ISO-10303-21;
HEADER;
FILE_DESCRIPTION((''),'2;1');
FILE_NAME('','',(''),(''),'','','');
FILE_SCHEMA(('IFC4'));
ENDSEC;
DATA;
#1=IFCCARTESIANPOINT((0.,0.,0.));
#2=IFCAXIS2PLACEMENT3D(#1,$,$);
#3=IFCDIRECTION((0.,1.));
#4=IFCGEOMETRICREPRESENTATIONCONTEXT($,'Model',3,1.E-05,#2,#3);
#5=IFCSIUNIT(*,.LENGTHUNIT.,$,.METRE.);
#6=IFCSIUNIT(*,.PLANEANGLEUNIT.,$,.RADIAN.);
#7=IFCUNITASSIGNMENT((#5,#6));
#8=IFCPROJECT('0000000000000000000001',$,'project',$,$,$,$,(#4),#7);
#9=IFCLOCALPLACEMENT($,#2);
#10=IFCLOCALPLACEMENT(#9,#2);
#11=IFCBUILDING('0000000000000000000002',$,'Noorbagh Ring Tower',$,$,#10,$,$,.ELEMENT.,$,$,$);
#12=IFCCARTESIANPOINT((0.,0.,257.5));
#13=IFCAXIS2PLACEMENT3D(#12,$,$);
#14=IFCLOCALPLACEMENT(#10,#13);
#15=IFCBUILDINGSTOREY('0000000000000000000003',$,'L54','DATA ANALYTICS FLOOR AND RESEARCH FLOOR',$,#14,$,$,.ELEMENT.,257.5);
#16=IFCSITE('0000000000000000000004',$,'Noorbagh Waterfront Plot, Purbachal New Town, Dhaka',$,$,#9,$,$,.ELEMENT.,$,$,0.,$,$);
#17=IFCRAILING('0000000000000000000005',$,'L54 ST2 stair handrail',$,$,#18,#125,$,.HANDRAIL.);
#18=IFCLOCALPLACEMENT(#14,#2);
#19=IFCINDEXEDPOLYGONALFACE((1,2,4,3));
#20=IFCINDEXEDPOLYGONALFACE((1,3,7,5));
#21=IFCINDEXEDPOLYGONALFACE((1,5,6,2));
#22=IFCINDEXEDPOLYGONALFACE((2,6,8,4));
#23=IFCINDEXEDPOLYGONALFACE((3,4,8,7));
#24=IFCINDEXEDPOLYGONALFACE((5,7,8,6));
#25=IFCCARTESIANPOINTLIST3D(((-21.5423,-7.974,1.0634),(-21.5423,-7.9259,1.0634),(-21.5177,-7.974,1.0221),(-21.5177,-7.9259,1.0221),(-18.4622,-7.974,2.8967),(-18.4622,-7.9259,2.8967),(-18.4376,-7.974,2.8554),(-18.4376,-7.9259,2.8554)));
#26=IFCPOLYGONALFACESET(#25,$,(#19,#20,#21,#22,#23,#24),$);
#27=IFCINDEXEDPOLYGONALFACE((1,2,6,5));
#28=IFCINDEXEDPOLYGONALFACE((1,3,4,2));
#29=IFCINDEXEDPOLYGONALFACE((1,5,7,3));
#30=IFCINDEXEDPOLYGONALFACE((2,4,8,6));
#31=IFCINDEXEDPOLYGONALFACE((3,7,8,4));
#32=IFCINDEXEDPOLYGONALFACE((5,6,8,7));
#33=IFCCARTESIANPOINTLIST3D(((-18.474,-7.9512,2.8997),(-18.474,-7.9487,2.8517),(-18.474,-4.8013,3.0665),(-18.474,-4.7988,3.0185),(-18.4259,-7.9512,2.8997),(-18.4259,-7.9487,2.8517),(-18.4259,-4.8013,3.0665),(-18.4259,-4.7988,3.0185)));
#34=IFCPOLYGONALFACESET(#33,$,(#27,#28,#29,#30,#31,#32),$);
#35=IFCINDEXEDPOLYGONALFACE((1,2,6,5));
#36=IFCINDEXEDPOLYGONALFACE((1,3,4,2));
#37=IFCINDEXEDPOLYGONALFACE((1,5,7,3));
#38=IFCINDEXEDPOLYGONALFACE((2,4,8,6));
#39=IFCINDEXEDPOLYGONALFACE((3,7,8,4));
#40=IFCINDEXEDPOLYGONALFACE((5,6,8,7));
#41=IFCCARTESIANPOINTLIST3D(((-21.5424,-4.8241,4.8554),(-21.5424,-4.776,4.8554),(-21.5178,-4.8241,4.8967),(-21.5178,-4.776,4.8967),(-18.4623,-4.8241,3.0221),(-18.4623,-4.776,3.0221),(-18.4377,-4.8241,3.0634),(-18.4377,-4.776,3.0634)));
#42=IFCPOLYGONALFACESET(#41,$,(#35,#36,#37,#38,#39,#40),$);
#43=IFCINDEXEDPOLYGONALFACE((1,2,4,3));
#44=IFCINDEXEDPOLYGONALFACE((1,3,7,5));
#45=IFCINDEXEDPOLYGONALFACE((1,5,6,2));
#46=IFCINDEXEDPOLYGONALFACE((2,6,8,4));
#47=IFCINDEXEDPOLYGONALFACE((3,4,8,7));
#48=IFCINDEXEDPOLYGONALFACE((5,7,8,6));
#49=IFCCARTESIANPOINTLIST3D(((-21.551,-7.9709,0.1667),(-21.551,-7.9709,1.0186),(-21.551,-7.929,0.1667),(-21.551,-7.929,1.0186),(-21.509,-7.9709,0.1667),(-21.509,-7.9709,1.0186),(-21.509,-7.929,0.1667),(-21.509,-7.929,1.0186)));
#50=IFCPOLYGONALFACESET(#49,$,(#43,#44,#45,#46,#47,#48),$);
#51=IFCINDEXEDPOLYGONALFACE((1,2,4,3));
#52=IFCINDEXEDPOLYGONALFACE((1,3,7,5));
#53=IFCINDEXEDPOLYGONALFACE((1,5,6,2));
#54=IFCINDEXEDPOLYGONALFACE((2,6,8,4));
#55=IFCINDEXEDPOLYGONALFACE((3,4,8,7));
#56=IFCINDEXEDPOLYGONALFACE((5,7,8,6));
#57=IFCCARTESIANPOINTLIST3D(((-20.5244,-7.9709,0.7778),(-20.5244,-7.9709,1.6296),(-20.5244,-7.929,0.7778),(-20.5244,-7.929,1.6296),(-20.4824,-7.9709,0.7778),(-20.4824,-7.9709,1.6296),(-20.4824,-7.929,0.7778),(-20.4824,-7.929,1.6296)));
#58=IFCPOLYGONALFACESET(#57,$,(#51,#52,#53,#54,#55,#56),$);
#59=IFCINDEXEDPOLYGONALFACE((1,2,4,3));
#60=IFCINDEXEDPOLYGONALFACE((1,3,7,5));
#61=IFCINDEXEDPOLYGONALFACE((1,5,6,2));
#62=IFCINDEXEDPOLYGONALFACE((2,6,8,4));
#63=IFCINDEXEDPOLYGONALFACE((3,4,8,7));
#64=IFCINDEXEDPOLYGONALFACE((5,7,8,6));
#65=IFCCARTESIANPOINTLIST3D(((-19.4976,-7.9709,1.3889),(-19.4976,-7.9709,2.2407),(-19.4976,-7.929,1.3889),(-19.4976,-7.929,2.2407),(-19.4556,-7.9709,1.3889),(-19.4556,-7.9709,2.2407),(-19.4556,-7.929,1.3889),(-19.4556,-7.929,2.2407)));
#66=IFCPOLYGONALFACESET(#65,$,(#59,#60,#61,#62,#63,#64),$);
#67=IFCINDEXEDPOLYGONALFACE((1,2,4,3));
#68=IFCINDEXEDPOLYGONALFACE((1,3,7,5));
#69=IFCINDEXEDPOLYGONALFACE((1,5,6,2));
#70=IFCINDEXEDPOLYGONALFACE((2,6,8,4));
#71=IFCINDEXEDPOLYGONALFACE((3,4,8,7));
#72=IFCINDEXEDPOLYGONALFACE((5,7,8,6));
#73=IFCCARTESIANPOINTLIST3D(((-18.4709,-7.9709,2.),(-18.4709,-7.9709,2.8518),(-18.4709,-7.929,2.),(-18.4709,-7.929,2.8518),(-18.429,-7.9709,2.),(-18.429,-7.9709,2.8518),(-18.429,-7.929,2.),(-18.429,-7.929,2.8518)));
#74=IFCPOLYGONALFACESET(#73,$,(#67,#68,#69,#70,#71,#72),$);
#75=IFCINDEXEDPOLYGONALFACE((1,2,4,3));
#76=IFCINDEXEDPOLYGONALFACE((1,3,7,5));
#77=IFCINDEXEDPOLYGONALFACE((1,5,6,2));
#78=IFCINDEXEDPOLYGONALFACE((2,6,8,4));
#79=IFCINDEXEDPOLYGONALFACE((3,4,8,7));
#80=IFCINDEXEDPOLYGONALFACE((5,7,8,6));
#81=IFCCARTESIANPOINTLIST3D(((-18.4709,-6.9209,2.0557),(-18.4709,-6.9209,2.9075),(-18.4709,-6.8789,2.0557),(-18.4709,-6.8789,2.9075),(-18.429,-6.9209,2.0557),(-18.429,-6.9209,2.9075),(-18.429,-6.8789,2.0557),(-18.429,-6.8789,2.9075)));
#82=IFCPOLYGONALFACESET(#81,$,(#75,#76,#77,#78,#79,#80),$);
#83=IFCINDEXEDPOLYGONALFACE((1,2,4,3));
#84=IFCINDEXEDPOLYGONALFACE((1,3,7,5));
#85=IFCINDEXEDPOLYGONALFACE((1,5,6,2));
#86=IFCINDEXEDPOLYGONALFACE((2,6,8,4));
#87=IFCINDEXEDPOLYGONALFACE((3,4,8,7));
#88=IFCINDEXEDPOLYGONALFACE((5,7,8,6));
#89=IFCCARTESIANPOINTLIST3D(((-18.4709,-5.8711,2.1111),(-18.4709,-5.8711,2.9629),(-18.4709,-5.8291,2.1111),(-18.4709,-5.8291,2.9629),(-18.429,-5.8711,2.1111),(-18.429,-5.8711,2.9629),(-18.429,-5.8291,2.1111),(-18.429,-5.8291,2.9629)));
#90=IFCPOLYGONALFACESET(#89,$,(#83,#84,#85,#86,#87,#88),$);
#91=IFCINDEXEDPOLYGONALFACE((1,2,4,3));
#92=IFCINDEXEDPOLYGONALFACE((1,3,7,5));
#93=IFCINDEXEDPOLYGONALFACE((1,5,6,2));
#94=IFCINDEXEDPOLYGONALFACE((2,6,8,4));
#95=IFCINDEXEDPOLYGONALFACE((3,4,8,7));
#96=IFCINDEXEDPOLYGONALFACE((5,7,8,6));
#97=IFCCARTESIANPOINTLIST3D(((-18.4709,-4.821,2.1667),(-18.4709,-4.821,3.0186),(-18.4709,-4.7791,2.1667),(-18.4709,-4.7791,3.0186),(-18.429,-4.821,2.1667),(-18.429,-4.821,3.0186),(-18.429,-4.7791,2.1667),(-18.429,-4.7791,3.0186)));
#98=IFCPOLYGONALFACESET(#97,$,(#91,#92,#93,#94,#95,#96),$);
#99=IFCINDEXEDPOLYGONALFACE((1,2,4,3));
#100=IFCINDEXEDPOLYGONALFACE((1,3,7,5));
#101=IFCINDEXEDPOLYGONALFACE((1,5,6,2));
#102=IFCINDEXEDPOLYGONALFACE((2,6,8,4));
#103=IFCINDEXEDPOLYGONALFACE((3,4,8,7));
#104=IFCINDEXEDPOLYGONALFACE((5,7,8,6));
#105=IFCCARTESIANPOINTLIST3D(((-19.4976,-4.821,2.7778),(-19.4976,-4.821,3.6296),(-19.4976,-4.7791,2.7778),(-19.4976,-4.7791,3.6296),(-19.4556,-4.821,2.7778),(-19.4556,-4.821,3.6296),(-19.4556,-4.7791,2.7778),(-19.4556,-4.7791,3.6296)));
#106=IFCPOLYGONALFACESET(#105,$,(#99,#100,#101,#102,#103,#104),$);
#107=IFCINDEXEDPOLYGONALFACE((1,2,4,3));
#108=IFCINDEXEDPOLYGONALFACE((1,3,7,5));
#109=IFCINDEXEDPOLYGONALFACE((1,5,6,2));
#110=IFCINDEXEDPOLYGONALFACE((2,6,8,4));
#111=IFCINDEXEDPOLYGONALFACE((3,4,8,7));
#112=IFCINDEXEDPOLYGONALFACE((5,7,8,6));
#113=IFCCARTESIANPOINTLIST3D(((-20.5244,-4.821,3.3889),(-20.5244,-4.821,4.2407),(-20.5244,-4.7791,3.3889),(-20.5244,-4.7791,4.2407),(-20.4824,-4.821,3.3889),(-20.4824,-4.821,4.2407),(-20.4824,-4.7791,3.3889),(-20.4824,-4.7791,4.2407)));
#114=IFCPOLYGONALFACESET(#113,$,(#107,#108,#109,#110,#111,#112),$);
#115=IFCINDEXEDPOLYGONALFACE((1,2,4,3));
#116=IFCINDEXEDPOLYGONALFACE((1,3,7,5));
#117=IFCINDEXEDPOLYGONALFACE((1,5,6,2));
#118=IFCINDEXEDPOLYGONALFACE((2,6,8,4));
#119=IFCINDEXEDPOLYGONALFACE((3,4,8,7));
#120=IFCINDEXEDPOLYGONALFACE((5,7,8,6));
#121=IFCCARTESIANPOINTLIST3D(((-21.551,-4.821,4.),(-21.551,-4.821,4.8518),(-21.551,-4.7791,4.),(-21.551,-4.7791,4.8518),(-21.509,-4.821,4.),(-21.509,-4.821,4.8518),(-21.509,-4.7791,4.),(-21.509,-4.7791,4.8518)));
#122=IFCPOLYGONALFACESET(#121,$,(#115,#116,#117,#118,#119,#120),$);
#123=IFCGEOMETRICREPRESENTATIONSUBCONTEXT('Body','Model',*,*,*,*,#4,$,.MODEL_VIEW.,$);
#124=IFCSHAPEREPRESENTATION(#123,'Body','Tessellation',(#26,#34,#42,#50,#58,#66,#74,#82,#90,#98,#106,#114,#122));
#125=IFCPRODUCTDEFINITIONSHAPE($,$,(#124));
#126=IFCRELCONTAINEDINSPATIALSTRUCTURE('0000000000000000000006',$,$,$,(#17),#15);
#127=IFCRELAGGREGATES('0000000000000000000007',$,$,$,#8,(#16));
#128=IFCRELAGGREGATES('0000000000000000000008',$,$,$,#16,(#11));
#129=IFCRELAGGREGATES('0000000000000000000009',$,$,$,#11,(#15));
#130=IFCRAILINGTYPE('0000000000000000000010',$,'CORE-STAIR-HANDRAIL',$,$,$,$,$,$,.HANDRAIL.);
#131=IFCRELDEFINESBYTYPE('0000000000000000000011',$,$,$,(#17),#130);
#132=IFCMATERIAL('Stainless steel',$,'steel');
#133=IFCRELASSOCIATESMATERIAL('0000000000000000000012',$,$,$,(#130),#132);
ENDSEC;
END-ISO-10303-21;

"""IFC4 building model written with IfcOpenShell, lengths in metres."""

from ifc_helpers import new_model, si_unit, direction, frame, origin, origin_2d, place, context, subcontext, project, spatial, rectangle, extrude, material, type_object, element, save


model = new_model("IFC4")

# Units and contexts
model_context = context("Model", 3, precision=1e-05, world=origin(), true_north=direction((0.0, 1.0)))
body_context = subcontext(model_context, "Body", "Model", "MODEL_VIEW")
ifc_project = project(units=[si_unit("LENGTHUNIT", "METRE"), si_unit("PLANEANGLEUNIT", "RADIAN")], contexts=[model_context])

# Site, building, storey
site_placement = place(None, origin())
site = spatial("IfcSite", under=ifc_project, at=site_placement, Name="Noorbagh Waterfront Plot, Purbachal New Town, Dhaka", CompositionType="ELEMENT", RefElevation=0.0)
building_placement = place(site_placement, origin())
building = spatial("IfcBuilding", under=site, at=building_placement, Name="Noorbagh Ring Tower", CompositionType="ELEMENT")
storey_placement = place(building_placement, frame((0.0, 0.0, 257.5)))
storey = spatial("IfcBuildingStorey", under=building, at=storey_placement, Name="L54", Description="DATA ANALYTICS FLOOR AND RESEARCH FLOOR", CompositionType="ELEMENT", Elevation=257.5)

# Railing
ifc_material_1 = material(Name="Stainless steel", Category="steel")
railing_type_1 = type_object("IfcRailingType", Name="CORE-STAIR-HANDRAIL", PredefinedType="HANDRAIL", material=ifc_material_1)
railing_1_placement = place(storey_placement, frame((-21.53, -7.95, 0.1667)))
element("IfcRailing", 1, at=railing_1_placement, inside=storey, type_object=railing_type_1, Name="L54 ST2 stair handrail", PredefinedType="HANDRAIL", context=body_context, shape_type="SweptSolid", body=[
    extrude(rectangle(XDim=0.0481, YDim=0.0481, at=origin_2d()), frame((0.0, 0.0, 0.876), z_axis=(0.859309, 0.0, 0.511458), x_axis=(0.0, 1.0, 0.0)), (0.0, 0.0, 1.0), 3.5845),
    extrude(rectangle(XDim=0.0481, YDim=0.0481, at=origin_2d()), frame((3.0801, 0.0, 2.709), z_axis=(0.0, 0.998602, 0.052864), x_axis=(-1.0, 0.0, 0.0)), (0.0, 0.0, 1.0), 3.1543),
    extrude(rectangle(XDim=0.0481, YDim=0.0481, at=origin_2d()), frame((3.0801, 3.1499, 2.876), z_axis=(-0.859309, 0.0, 0.511458), x_axis=(0.0, -1.0, 0.0)), (0.0, 0.0, 1.0), 3.5845),
    extrude(rectangle(XDim=0.042, YDim=0.042, at=origin_2d()), origin(), (0.0, 0.0, 1.0), 0.8518),
    extrude(rectangle(XDim=0.042, YDim=0.042, at=origin_2d()), frame((1.0266, 0.0, 0.6111)), (0.0, 0.0, 1.0), 0.8518),
    extrude(rectangle(XDim=0.042, YDim=0.042, at=origin_2d()), frame((2.0535, 0.0, 1.2222)), (0.0, 0.0, 1.0), 0.8518),
    extrude(rectangle(XDim=0.042, YDim=0.042, at=origin_2d()), frame((3.0801, 0.0, 1.8333)), (0.0, 0.0, 1.0), 0.8518),
    extrude(rectangle(XDim=0.042, YDim=0.042, at=origin_2d()), frame((3.0801, 1.05, 1.8889)), (0.0, 0.0, 1.0), 0.8518),
    extrude(rectangle(XDim=0.042, YDim=0.042, at=origin_2d()), frame((3.0801, 2.0999, 1.9443)), (0.0, 0.0, 1.0), 0.8518),
    extrude(rectangle(XDim=0.042, YDim=0.042, at=origin_2d()), frame((3.0801, 3.1499, 2.0)), (0.0, 0.0, 1.0), 0.8518),
    extrude(rectangle(XDim=0.042, YDim=0.042, at=origin_2d()), frame((2.0535, 3.1499, 2.6111)), (0.0, 0.0, 1.0), 0.8518),
    extrude(rectangle(XDim=0.042, YDim=0.042, at=origin_2d()), frame((1.0266, 3.1499, 3.2222)), (0.0, 0.0, 1.0), 0.8518),
    extrude(rectangle(XDim=0.042, YDim=0.042, at=origin_2d()), frame((0.0, 3.1499, 3.8333)), (0.0, 0.0, 1.0), 0.8518),
])

save(model, "model.ifc")
